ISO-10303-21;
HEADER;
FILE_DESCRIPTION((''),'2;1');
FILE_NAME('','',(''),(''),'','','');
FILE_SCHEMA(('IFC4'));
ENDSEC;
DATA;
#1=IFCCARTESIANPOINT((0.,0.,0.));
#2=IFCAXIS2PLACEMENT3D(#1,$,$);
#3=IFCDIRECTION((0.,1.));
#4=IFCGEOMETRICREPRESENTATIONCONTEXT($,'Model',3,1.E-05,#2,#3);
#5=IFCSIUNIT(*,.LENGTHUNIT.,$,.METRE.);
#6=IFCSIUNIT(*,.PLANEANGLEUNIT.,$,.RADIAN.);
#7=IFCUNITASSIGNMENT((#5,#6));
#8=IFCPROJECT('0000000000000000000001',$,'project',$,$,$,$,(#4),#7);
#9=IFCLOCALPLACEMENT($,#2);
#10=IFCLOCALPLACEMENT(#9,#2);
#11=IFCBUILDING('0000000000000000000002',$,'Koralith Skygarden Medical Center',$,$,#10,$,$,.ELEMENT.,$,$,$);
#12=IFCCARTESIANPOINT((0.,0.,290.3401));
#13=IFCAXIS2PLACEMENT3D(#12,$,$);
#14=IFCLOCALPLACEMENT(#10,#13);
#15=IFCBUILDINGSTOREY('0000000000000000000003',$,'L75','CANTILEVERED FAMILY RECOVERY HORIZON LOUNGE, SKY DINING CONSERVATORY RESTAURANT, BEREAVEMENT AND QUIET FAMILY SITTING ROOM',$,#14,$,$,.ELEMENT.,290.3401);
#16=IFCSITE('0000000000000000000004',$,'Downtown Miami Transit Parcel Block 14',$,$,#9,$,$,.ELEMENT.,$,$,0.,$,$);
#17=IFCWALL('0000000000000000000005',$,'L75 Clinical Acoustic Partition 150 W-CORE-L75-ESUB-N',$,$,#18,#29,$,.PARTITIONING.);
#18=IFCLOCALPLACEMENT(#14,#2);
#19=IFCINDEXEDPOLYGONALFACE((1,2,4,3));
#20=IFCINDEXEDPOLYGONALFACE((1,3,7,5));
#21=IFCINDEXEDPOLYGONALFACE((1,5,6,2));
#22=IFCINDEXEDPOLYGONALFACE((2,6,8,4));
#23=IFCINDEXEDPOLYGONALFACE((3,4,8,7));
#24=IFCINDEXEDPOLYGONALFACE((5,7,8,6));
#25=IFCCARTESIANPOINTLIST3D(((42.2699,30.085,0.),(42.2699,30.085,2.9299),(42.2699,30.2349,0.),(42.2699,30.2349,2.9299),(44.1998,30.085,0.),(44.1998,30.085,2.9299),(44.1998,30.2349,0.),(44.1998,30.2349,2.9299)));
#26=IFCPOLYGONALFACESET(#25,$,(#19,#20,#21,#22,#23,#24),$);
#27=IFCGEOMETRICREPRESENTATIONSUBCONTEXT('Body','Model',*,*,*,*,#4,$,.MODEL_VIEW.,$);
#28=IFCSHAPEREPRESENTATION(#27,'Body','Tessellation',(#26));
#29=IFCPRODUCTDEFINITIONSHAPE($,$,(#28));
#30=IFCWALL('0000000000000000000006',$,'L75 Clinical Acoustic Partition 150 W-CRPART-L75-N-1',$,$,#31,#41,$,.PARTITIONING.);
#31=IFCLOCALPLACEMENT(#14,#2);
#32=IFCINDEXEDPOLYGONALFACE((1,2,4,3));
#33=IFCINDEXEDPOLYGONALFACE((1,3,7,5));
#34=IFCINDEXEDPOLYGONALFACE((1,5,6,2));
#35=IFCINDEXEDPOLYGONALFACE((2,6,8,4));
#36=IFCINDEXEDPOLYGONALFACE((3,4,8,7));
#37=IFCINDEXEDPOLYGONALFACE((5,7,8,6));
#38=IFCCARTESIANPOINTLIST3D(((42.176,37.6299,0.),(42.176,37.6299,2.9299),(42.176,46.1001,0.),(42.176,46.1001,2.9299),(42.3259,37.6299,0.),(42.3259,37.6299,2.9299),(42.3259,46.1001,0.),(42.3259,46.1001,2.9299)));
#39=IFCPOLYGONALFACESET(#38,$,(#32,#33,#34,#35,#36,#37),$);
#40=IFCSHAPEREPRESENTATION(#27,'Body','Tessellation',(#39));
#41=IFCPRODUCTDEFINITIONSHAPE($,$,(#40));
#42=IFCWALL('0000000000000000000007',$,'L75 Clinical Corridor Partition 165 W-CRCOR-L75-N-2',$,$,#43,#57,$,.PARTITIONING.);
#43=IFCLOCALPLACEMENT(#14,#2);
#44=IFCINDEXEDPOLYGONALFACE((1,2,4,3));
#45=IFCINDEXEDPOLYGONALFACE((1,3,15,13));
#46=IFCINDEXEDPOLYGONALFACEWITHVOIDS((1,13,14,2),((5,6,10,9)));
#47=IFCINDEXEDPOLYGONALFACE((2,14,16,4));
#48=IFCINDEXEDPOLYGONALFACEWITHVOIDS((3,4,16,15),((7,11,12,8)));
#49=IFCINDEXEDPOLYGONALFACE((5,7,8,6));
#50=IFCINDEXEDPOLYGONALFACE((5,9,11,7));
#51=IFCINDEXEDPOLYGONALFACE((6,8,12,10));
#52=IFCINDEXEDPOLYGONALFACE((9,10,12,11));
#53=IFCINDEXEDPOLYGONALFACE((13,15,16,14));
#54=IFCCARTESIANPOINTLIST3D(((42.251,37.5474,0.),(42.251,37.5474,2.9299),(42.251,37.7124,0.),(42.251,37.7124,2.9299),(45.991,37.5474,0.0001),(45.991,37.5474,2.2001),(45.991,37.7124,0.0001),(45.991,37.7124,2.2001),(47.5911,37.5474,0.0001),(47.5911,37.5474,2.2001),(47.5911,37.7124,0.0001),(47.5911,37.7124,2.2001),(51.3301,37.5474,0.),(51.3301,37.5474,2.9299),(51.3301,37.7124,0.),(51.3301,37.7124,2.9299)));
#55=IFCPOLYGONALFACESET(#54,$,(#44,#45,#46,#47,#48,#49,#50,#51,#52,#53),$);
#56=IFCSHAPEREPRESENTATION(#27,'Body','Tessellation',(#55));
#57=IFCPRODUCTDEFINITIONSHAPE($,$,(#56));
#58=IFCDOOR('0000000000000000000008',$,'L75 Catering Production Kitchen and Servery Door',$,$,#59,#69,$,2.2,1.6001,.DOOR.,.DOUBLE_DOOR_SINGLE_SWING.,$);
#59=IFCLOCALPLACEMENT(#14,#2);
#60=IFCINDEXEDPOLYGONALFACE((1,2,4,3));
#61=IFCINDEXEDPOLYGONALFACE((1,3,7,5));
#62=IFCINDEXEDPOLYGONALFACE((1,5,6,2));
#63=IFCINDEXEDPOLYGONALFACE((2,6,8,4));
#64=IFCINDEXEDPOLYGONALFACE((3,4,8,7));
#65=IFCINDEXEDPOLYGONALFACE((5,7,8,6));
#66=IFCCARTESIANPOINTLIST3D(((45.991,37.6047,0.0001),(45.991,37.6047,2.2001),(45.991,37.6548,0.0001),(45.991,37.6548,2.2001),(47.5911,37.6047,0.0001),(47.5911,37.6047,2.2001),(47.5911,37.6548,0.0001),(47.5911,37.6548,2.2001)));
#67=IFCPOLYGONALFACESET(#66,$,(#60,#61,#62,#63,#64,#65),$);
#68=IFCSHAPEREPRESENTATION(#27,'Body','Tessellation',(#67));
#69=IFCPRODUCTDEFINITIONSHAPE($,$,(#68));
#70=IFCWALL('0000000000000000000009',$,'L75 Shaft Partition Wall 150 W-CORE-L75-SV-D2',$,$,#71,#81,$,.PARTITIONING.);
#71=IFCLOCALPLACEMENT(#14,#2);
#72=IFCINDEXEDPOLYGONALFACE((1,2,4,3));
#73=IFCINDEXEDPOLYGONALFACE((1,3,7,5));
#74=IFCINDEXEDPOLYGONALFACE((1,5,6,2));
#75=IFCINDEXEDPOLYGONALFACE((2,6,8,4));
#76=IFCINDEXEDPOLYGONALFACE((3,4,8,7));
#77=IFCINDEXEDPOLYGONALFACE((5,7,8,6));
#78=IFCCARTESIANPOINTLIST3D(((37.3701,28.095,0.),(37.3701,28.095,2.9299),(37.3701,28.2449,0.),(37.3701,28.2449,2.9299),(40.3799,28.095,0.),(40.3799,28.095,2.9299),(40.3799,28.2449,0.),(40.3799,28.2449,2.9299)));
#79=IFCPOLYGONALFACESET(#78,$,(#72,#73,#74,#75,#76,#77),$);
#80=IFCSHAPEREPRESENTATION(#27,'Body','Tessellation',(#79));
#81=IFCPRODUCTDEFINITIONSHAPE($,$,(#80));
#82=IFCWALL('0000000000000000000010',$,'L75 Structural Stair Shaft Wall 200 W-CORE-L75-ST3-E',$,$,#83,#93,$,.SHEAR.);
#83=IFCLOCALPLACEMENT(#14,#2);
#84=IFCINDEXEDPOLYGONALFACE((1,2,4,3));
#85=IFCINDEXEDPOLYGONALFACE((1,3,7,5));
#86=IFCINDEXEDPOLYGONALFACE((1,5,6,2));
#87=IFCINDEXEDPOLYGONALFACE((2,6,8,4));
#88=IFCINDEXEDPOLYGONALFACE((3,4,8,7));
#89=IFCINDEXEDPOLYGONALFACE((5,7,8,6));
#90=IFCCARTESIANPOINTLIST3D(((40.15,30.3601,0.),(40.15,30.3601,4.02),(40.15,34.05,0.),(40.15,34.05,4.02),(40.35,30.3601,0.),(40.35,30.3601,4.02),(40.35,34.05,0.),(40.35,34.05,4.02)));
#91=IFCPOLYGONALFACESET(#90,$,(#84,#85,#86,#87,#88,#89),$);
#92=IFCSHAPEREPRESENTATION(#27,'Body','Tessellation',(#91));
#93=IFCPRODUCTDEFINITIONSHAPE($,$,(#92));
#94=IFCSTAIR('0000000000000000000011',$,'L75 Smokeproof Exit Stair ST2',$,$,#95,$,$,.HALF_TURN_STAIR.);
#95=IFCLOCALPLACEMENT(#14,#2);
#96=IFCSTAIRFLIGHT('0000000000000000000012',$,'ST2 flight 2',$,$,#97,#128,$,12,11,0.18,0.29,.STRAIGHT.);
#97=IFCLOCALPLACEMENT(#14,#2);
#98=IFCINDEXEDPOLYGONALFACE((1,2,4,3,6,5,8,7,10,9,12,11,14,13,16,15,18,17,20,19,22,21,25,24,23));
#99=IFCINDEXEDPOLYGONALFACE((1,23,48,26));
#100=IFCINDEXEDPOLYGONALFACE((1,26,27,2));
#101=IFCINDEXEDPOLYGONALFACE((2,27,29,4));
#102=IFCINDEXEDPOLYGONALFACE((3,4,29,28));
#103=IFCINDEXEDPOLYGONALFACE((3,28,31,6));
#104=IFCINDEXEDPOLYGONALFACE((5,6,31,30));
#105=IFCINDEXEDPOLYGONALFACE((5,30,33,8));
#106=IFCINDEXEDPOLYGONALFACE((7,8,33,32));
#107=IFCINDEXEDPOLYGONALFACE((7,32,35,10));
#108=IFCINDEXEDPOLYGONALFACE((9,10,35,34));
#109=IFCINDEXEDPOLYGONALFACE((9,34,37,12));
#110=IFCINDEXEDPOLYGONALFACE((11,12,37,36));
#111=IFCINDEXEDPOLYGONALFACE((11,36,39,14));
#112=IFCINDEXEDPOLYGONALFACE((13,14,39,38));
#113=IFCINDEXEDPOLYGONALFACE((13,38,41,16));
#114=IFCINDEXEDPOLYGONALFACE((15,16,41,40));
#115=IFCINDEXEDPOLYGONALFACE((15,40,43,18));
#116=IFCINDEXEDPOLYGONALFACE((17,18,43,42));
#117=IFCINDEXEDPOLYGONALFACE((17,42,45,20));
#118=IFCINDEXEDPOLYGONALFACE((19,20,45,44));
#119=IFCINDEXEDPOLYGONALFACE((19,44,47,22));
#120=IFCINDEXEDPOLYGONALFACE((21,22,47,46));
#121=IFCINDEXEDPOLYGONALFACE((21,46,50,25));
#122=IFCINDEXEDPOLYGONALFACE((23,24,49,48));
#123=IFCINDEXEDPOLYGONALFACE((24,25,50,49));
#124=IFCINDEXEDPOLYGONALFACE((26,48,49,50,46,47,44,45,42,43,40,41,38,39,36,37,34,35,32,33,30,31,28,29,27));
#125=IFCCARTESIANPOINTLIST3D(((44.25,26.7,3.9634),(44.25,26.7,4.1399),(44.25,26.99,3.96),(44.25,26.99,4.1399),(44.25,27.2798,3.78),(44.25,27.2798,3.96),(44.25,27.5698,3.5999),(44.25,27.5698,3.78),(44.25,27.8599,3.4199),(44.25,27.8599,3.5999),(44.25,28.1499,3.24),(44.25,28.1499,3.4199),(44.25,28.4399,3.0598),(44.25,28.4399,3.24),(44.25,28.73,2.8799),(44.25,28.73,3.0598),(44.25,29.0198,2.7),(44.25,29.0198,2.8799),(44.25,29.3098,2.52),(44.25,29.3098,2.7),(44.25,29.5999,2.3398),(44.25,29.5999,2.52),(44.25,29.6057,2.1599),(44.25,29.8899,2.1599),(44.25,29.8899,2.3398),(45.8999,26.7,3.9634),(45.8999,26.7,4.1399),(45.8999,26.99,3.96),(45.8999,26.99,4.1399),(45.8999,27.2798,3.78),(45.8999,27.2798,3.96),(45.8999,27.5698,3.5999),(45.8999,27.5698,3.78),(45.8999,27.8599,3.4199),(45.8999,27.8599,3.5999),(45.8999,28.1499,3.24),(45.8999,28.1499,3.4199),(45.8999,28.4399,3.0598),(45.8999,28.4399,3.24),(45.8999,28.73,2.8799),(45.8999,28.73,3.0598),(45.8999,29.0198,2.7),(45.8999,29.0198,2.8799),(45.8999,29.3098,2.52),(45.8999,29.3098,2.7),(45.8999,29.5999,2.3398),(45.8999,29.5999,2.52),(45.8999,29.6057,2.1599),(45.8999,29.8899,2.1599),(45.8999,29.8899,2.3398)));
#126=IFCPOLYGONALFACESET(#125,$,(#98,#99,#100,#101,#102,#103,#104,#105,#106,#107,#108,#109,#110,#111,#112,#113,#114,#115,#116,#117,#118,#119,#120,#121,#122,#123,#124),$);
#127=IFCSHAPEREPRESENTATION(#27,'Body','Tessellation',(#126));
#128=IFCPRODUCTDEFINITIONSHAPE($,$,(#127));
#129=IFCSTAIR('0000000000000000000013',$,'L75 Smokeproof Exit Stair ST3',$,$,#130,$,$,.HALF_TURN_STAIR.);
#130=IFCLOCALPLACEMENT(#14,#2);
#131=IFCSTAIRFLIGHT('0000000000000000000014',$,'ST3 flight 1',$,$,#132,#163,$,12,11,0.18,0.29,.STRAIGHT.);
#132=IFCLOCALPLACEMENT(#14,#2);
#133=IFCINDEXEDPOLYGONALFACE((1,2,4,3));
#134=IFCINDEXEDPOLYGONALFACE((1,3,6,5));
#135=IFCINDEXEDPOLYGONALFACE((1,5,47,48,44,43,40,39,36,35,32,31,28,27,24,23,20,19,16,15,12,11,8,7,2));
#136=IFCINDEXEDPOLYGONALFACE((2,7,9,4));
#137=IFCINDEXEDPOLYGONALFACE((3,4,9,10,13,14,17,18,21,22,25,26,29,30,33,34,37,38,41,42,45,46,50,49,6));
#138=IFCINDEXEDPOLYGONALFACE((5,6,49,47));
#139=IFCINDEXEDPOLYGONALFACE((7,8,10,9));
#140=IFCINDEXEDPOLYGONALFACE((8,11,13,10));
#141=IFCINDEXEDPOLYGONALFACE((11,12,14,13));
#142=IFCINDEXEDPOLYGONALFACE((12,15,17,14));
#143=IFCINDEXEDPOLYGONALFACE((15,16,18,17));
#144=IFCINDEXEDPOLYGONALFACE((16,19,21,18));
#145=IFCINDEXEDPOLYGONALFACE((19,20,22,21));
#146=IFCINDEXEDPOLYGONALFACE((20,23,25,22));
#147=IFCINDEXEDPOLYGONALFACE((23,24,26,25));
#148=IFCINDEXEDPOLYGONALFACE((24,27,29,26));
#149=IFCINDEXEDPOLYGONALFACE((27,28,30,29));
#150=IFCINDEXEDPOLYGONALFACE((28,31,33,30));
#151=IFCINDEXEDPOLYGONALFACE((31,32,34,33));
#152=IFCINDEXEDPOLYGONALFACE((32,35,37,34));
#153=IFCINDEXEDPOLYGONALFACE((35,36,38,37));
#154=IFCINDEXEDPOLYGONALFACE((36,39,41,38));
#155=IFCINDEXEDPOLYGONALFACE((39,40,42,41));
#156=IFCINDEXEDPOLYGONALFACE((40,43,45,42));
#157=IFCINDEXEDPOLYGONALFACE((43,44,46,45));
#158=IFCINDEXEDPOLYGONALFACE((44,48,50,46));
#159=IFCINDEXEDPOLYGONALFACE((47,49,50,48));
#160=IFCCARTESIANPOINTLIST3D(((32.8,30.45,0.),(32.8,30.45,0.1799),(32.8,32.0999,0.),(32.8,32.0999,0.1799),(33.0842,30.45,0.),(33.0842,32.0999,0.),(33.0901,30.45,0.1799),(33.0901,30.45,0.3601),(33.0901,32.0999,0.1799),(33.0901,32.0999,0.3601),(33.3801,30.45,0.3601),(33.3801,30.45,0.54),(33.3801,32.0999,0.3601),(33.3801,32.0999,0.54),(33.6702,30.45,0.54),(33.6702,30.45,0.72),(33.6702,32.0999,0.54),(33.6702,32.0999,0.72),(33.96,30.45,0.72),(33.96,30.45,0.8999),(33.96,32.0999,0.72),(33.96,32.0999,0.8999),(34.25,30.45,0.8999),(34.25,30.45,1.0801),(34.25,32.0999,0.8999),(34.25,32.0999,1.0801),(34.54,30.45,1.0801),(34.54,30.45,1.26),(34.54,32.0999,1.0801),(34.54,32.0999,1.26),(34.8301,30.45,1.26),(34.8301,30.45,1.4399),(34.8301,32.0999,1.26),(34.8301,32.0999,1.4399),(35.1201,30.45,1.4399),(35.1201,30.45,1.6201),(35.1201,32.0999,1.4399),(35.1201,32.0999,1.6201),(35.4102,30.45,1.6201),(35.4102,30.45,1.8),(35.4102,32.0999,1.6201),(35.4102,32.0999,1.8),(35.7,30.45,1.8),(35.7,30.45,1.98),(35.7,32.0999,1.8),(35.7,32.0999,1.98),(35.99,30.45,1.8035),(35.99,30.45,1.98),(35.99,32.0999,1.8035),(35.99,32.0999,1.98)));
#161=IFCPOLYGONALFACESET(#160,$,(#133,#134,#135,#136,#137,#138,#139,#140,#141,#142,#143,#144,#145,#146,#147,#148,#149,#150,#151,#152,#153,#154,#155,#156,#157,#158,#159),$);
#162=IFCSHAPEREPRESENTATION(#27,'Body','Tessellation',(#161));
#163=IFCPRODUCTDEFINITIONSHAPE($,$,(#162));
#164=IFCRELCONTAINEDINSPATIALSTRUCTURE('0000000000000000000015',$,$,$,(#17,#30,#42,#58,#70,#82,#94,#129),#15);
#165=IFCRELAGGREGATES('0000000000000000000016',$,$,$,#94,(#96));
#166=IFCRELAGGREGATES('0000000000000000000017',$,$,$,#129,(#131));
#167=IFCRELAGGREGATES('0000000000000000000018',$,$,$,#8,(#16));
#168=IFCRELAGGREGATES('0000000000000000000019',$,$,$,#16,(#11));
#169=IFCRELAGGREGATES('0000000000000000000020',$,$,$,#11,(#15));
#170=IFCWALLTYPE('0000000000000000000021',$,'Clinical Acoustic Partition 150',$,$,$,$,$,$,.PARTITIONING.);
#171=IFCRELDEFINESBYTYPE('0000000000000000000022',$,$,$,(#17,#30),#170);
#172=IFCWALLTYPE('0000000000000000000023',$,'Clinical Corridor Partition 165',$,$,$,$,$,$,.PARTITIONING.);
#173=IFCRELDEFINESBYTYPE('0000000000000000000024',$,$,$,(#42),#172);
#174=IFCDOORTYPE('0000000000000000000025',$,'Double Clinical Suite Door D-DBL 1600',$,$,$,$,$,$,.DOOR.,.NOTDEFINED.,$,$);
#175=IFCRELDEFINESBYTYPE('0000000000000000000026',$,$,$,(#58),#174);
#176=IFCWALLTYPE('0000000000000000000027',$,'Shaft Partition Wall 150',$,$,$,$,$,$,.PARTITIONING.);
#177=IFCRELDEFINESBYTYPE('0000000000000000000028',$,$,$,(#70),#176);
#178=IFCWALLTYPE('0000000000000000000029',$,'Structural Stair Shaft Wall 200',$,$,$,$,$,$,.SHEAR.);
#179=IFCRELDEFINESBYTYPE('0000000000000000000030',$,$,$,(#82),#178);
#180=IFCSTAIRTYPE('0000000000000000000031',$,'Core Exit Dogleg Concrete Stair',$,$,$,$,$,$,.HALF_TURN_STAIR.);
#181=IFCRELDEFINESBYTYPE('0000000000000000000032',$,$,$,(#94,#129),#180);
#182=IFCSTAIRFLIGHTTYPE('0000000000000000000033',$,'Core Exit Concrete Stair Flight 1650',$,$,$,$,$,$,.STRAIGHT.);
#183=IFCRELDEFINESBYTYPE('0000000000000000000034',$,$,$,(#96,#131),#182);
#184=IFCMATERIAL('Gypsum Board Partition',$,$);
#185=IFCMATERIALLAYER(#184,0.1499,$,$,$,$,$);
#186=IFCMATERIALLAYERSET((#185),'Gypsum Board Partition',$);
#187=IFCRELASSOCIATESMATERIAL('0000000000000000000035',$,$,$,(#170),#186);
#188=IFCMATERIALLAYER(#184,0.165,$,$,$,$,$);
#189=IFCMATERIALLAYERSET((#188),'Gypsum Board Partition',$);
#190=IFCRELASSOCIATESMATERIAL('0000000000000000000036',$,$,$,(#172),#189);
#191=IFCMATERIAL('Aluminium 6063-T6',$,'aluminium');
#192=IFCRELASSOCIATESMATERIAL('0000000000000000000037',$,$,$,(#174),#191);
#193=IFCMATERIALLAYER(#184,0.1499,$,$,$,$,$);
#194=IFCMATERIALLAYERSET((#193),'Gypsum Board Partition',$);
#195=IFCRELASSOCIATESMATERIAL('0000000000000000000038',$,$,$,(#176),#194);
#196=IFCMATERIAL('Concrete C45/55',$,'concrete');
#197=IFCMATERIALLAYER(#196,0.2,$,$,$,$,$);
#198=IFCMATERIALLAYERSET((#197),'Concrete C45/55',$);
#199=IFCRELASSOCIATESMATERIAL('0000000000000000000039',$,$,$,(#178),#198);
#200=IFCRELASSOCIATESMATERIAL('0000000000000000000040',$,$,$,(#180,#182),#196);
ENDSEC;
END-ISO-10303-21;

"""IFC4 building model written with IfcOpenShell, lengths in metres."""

from ifc_helpers import new_model, si_unit, direction, frame, frame_2d, origin, place, context, subcontext, project, spatial, polyline, rectangle, outline, extrude, material, layer, layer_set, type_object, element, fill, aggregate, save


model = new_model("IFC4")

# Units and contexts
model_context = context("Model", 3, precision=1e-05, world=origin(), true_north=direction((0.0, 1.0)))
body_context = subcontext(model_context, "Body", "Model", "MODEL_VIEW")
ifc_project = project(units=[si_unit("LENGTHUNIT", "METRE"), si_unit("PLANEANGLEUNIT", "RADIAN")], contexts=[model_context])

# Site, building, storey
site_placement = place(None, origin())
site = spatial("IfcSite", under=ifc_project, at=site_placement, Name="Downtown Miami Transit Parcel Block 14", CompositionType="ELEMENT", RefElevation=0.0)
building_placement = place(site_placement, origin())
building = spatial("IfcBuilding", under=site, at=building_placement, Name="Koralith Skygarden Medical Center", CompositionType="ELEMENT")
storey_placement = place(building_placement, frame((0.0, 0.0, 290.3401)))
storey = spatial("IfcBuildingStorey", under=building, at=storey_placement, Name="L75", Description="CANTILEVERED FAMILY RECOVERY HORIZON LOUNGE, SKY DINING CONSERVATORY RESTAURANT, BEREAVEMENT AND QUIET FAMILY SITTING ROOM", CompositionType="ELEMENT", Elevation=290.3401)

# Shared definitions
ifc_material_1 = material(Name="Concrete C45/55", Category="concrete")

# Walls
ifc_material_2 = material(Name="Gypsum Board Partition")
ifc_layer_1 = layer(ifc_material_2, 0.1499)
ifc_layer_set_1 = layer_set([ifc_layer_1], Name="Gypsum Board Partition")
wall_type_1 = type_object("IfcWallType", Name="Clinical Acoustic Partition 150", PredefinedType="PARTITIONING", material=ifc_layer_set_1)
wall_1_placement = place(storey_placement, frame((42.27, 30.1599, 0.0), z_axis=(0.0, 0.0, 1.0), x_axis=(1.0, 0.0, 0.0)))
element("IfcWall", 1, at=wall_1_placement, inside=storey, type_object=wall_type_1, Name="L75 Clinical Acoustic Partition 150 W-CORE-L75-ESUB-N", PredefinedType="PARTITIONING", context=body_context, shape_type="SweptSolid", body=[
    extrude(rectangle(XDim=1.9299, YDim=0.1499, at=frame_2d((0.9648, 0.0))), origin(), (0.0, 0.0, 1.0), 2.9299),
])
wall_2_placement = place(storey_placement, frame((42.251, 37.6299, 0.0), z_axis=(0.0, 0.0, 1.0), x_axis=(0.0, 1.0, 0.0)))
element("IfcWall", 2, at=wall_2_placement, inside=storey, type_object=wall_type_1, Name="L75 Clinical Acoustic Partition 150 W-CRPART-L75-N-1", PredefinedType="PARTITIONING", context=body_context, shape_type="SweptSolid", body=[
    extrude(rectangle(XDim=8.4702, YDim=0.1499, at=frame_2d((4.2351, 0.0))), origin(), (0.0, 0.0, 1.0), 2.9299),
])

# Wall, opening, door
ifc_layer_2 = layer(ifc_material_2, 0.165)
ifc_layer_set_2 = layer_set([ifc_layer_2], Name="Gypsum Board Partition")
wall_type_2 = type_object("IfcWallType", Name="Clinical Corridor Partition 165", PredefinedType="PARTITIONING", material=ifc_layer_set_2)
wall_3_placement = place(storey_placement, frame((42.251, 37.6299, 0.0), z_axis=(0.0, 0.0, 1.0), x_axis=(1.0, 0.0, 0.0)))
wall_3 = element("IfcWall", 3, at=wall_3_placement, inside=storey, type_object=wall_type_2, Name="L75 Clinical Corridor Partition 165 W-CRCOR-L75-N-2", PredefinedType="PARTITIONING", context=body_context, shape_type="SweptSolid", body=[
    extrude(rectangle(XDim=9.0791, YDim=0.165, at=frame_2d((4.5396, 0.0))), origin(), (0.0, 0.0, 1.0), 2.9299),
])
opening_1_placement = place(wall_3_placement, frame((3.74, 0.0, 0.0)))
opening_1 = element("IfcOpeningElement", 4, at=opening_1_placement, cuts=wall_3, PredefinedType="OPENING", context=body_context, shape_type="SweptSolid", body=[
    extrude(rectangle(XDim=1.6001, YDim=2.2, at=frame_2d((0.8, 1.1001))), frame((0.0, 0.0925, 0.0), z_axis=(0.0, -1.0, 0.0), x_axis=(1.0, 0.0, 0.0)), (0.0, 0.0, 1.0), 0.1851),
])
ifc_material_3 = material(Name="Aluminium 6063-T6", Category="aluminium")
door_type_1 = type_object("IfcDoorType", Name="Double Clinical Suite Door D-DBL 1600", OperationType="NOTDEFINED", PredefinedType="DOOR", material=ifc_material_3)
door_1_placement = place(opening_1_placement, origin())
door_1 = element("IfcDoor", 5, at=door_1_placement, inside=storey, type_object=door_type_1, Name="L75 Catering Production Kitchen and Servery Door", OperationType="DOUBLE_DOOR_SINGLE_SWING", OverallHeight=2.2, OverallWidth=1.6001, PredefinedType="DOOR", context=body_context, shape_type="SweptSolid", body=[
    extrude(rectangle(XDim=1.6001, YDim=2.2, at=frame_2d((0.8, 1.1001))), frame((0.0, 0.0249, 0.0), z_axis=(0.0, -1.0, 0.0), x_axis=(1.0, 0.0, 0.0)), (0.0, 0.0, 1.0), 0.05),
])
fill(opening_1, door_1)

# Walls
ifc_layer_3 = layer(ifc_material_2, 0.1499)
ifc_layer_set_3 = layer_set([ifc_layer_3], Name="Gypsum Board Partition")
wall_type_3 = type_object("IfcWallType", Name="Shaft Partition Wall 150", PredefinedType="PARTITIONING", material=ifc_layer_set_3)
wall_4_placement = place(storey_placement, frame((37.3701, 28.1699, 0.0), z_axis=(0.0, 0.0, 1.0), x_axis=(1.0, 0.0, 0.0)))
element("IfcWall", 6, at=wall_4_placement, inside=storey, type_object=wall_type_3, Name="L75 Shaft Partition Wall 150 W-CORE-L75-SV-D2", PredefinedType="PARTITIONING", context=body_context, shape_type="SweptSolid", body=[
    extrude(rectangle(XDim=3.0098, YDim=0.1499, at=frame_2d((1.5049, 0.0))), origin(), (0.0, 0.0, 1.0), 2.9299),
])
ifc_layer_4 = layer(ifc_material_1, 0.2)
ifc_layer_set_4 = layer_set([ifc_layer_4], Name="Concrete C45/55")
wall_type_4 = type_object("IfcWallType", Name="Structural Stair Shaft Wall 200", PredefinedType="SHEAR", material=ifc_layer_set_4)
wall_5_placement = place(storey_placement, frame((40.25, 30.3601, 0.0), z_axis=(0.0, 0.0, 1.0), x_axis=(0.0, 1.0, 0.0)))
element("IfcWall", 7, at=wall_5_placement, inside=storey, type_object=wall_type_4, Name="L75 Structural Stair Shaft Wall 200 W-CORE-L75-ST3-E", PredefinedType="SHEAR", context=body_context, shape_type="SweptSolid", body=[
    extrude(rectangle(XDim=3.6899, YDim=0.2, at=frame_2d((1.845, 0.0))), origin(), (0.0, 0.0, 1.0), 4.02),
])

# Stair, stair flight
stair_type = type_object("IfcStairType", Name="Core Exit Dogleg Concrete Stair", PredefinedType="HALF_TURN_STAIR", material=ifc_material_1)
stair_1_placement = place(storey_placement, origin())
stair_1 = element("IfcStair", 8, at=stair_1_placement, inside=storey, type_object=stair_type, Name="L75 Smokeproof Exit Stair ST2", PredefinedType="HALF_TURN_STAIR")
stair_flight_type = type_object("IfcStairFlightType", Name="Core Exit Concrete Stair Flight 1650", PredefinedType="STRAIGHT", material=ifc_material_1)
stair_flight_1_placement = place(storey_placement, frame((45.075, 29.8899, 2.1599), z_axis=(0.0, 0.0, 1.0), x_axis=(0.0, -1.0, 0.0)))
stair_flight_1 = element("IfcStairFlight", 9, at=stair_flight_1_placement, type_object=stair_flight_type, Name="ST2 flight 2", NumberOfRisers=12, NumberOfTreads=11, PredefinedType="STRAIGHT", RiserHeight=0.18, TreadLength=0.29, context=body_context, shape_type="SweptSolid", body=[
    extrude(outline(polyline([(0.0, 0.0), (0.0, 0.1799), (0.29, 0.1799), (0.29, 0.3601), (0.5801, 0.3601), (0.5801, 0.54), (0.8701, 0.54), (0.8701, 0.72), (1.1599, 0.72), (1.1599, 0.8999), (1.45, 0.8999), (1.45, 1.0801), (1.74, 1.0801), (1.74, 1.26), (2.03, 1.26), (2.03, 1.4399), (2.3201, 1.4399), (2.3201, 1.6201), (2.6101, 1.6201), (2.6101, 1.8), (2.8999, 1.8), (2.8999, 1.98), (3.1899, 1.98), (3.1899, 2.1599), (3.1899, 1.8035), (0.2842, 0.0), (0.0, 0.0)])), frame((0.0, 0.825, 0.0), z_axis=(0.0, -1.0, 0.0), x_axis=(1.0, 0.0, 0.0)), (0.0, 0.0, 1.0), 1.6499),
])
aggregate(stair_1, [stair_flight_1])

# Stair, stair flight
stair_2_placement = place(storey_placement, origin())
stair_2 = element("IfcStair", 10, at=stair_2_placement, inside=storey, type_object=stair_type, Name="L75 Smokeproof Exit Stair ST3", PredefinedType="HALF_TURN_STAIR")
stair_flight_2_placement = place(storey_placement, frame((32.8, 31.2749, 0.0), z_axis=(0.0, 0.0, 1.0), x_axis=(1.0, 0.0, 0.0)))
stair_flight_2 = element("IfcStairFlight", 11, at=stair_flight_2_placement, type_object=stair_flight_type, Name="ST3 flight 1", NumberOfRisers=12, NumberOfTreads=11, PredefinedType="STRAIGHT", RiserHeight=0.18, TreadLength=0.29, context=body_context, shape_type="SweptSolid", body=[
    extrude(outline(polyline([(0.0, 0.0), (0.0, 0.1799), (0.29, 0.1799), (0.29, 0.3601), (0.5801, 0.3601), (0.5801, 0.54), (0.8701, 0.54), (0.8701, 0.72), (1.1599, 0.72), (1.1599, 0.8999), (1.45, 0.8999), (1.45, 1.0801), (1.74, 1.0801), (1.74, 1.26), (2.03, 1.26), (2.03, 1.4399), (2.3201, 1.4399), (2.3201, 1.6201), (2.6101, 1.6201), (2.6101, 1.8), (2.8999, 1.8), (2.8999, 1.98), (3.1899, 1.98), (3.1899, 2.1599), (3.1899, 1.8035), (0.2842, 0.0), (0.0, 0.0)])), frame((0.0, 0.825, 0.0), z_axis=(0.0, -1.0, 0.0), x_axis=(1.0, 0.0, 0.0)), (0.0, 0.0, 1.0), 1.6499),
])
aggregate(stair_2, [stair_flight_2])

save(model, "model.ifc")
